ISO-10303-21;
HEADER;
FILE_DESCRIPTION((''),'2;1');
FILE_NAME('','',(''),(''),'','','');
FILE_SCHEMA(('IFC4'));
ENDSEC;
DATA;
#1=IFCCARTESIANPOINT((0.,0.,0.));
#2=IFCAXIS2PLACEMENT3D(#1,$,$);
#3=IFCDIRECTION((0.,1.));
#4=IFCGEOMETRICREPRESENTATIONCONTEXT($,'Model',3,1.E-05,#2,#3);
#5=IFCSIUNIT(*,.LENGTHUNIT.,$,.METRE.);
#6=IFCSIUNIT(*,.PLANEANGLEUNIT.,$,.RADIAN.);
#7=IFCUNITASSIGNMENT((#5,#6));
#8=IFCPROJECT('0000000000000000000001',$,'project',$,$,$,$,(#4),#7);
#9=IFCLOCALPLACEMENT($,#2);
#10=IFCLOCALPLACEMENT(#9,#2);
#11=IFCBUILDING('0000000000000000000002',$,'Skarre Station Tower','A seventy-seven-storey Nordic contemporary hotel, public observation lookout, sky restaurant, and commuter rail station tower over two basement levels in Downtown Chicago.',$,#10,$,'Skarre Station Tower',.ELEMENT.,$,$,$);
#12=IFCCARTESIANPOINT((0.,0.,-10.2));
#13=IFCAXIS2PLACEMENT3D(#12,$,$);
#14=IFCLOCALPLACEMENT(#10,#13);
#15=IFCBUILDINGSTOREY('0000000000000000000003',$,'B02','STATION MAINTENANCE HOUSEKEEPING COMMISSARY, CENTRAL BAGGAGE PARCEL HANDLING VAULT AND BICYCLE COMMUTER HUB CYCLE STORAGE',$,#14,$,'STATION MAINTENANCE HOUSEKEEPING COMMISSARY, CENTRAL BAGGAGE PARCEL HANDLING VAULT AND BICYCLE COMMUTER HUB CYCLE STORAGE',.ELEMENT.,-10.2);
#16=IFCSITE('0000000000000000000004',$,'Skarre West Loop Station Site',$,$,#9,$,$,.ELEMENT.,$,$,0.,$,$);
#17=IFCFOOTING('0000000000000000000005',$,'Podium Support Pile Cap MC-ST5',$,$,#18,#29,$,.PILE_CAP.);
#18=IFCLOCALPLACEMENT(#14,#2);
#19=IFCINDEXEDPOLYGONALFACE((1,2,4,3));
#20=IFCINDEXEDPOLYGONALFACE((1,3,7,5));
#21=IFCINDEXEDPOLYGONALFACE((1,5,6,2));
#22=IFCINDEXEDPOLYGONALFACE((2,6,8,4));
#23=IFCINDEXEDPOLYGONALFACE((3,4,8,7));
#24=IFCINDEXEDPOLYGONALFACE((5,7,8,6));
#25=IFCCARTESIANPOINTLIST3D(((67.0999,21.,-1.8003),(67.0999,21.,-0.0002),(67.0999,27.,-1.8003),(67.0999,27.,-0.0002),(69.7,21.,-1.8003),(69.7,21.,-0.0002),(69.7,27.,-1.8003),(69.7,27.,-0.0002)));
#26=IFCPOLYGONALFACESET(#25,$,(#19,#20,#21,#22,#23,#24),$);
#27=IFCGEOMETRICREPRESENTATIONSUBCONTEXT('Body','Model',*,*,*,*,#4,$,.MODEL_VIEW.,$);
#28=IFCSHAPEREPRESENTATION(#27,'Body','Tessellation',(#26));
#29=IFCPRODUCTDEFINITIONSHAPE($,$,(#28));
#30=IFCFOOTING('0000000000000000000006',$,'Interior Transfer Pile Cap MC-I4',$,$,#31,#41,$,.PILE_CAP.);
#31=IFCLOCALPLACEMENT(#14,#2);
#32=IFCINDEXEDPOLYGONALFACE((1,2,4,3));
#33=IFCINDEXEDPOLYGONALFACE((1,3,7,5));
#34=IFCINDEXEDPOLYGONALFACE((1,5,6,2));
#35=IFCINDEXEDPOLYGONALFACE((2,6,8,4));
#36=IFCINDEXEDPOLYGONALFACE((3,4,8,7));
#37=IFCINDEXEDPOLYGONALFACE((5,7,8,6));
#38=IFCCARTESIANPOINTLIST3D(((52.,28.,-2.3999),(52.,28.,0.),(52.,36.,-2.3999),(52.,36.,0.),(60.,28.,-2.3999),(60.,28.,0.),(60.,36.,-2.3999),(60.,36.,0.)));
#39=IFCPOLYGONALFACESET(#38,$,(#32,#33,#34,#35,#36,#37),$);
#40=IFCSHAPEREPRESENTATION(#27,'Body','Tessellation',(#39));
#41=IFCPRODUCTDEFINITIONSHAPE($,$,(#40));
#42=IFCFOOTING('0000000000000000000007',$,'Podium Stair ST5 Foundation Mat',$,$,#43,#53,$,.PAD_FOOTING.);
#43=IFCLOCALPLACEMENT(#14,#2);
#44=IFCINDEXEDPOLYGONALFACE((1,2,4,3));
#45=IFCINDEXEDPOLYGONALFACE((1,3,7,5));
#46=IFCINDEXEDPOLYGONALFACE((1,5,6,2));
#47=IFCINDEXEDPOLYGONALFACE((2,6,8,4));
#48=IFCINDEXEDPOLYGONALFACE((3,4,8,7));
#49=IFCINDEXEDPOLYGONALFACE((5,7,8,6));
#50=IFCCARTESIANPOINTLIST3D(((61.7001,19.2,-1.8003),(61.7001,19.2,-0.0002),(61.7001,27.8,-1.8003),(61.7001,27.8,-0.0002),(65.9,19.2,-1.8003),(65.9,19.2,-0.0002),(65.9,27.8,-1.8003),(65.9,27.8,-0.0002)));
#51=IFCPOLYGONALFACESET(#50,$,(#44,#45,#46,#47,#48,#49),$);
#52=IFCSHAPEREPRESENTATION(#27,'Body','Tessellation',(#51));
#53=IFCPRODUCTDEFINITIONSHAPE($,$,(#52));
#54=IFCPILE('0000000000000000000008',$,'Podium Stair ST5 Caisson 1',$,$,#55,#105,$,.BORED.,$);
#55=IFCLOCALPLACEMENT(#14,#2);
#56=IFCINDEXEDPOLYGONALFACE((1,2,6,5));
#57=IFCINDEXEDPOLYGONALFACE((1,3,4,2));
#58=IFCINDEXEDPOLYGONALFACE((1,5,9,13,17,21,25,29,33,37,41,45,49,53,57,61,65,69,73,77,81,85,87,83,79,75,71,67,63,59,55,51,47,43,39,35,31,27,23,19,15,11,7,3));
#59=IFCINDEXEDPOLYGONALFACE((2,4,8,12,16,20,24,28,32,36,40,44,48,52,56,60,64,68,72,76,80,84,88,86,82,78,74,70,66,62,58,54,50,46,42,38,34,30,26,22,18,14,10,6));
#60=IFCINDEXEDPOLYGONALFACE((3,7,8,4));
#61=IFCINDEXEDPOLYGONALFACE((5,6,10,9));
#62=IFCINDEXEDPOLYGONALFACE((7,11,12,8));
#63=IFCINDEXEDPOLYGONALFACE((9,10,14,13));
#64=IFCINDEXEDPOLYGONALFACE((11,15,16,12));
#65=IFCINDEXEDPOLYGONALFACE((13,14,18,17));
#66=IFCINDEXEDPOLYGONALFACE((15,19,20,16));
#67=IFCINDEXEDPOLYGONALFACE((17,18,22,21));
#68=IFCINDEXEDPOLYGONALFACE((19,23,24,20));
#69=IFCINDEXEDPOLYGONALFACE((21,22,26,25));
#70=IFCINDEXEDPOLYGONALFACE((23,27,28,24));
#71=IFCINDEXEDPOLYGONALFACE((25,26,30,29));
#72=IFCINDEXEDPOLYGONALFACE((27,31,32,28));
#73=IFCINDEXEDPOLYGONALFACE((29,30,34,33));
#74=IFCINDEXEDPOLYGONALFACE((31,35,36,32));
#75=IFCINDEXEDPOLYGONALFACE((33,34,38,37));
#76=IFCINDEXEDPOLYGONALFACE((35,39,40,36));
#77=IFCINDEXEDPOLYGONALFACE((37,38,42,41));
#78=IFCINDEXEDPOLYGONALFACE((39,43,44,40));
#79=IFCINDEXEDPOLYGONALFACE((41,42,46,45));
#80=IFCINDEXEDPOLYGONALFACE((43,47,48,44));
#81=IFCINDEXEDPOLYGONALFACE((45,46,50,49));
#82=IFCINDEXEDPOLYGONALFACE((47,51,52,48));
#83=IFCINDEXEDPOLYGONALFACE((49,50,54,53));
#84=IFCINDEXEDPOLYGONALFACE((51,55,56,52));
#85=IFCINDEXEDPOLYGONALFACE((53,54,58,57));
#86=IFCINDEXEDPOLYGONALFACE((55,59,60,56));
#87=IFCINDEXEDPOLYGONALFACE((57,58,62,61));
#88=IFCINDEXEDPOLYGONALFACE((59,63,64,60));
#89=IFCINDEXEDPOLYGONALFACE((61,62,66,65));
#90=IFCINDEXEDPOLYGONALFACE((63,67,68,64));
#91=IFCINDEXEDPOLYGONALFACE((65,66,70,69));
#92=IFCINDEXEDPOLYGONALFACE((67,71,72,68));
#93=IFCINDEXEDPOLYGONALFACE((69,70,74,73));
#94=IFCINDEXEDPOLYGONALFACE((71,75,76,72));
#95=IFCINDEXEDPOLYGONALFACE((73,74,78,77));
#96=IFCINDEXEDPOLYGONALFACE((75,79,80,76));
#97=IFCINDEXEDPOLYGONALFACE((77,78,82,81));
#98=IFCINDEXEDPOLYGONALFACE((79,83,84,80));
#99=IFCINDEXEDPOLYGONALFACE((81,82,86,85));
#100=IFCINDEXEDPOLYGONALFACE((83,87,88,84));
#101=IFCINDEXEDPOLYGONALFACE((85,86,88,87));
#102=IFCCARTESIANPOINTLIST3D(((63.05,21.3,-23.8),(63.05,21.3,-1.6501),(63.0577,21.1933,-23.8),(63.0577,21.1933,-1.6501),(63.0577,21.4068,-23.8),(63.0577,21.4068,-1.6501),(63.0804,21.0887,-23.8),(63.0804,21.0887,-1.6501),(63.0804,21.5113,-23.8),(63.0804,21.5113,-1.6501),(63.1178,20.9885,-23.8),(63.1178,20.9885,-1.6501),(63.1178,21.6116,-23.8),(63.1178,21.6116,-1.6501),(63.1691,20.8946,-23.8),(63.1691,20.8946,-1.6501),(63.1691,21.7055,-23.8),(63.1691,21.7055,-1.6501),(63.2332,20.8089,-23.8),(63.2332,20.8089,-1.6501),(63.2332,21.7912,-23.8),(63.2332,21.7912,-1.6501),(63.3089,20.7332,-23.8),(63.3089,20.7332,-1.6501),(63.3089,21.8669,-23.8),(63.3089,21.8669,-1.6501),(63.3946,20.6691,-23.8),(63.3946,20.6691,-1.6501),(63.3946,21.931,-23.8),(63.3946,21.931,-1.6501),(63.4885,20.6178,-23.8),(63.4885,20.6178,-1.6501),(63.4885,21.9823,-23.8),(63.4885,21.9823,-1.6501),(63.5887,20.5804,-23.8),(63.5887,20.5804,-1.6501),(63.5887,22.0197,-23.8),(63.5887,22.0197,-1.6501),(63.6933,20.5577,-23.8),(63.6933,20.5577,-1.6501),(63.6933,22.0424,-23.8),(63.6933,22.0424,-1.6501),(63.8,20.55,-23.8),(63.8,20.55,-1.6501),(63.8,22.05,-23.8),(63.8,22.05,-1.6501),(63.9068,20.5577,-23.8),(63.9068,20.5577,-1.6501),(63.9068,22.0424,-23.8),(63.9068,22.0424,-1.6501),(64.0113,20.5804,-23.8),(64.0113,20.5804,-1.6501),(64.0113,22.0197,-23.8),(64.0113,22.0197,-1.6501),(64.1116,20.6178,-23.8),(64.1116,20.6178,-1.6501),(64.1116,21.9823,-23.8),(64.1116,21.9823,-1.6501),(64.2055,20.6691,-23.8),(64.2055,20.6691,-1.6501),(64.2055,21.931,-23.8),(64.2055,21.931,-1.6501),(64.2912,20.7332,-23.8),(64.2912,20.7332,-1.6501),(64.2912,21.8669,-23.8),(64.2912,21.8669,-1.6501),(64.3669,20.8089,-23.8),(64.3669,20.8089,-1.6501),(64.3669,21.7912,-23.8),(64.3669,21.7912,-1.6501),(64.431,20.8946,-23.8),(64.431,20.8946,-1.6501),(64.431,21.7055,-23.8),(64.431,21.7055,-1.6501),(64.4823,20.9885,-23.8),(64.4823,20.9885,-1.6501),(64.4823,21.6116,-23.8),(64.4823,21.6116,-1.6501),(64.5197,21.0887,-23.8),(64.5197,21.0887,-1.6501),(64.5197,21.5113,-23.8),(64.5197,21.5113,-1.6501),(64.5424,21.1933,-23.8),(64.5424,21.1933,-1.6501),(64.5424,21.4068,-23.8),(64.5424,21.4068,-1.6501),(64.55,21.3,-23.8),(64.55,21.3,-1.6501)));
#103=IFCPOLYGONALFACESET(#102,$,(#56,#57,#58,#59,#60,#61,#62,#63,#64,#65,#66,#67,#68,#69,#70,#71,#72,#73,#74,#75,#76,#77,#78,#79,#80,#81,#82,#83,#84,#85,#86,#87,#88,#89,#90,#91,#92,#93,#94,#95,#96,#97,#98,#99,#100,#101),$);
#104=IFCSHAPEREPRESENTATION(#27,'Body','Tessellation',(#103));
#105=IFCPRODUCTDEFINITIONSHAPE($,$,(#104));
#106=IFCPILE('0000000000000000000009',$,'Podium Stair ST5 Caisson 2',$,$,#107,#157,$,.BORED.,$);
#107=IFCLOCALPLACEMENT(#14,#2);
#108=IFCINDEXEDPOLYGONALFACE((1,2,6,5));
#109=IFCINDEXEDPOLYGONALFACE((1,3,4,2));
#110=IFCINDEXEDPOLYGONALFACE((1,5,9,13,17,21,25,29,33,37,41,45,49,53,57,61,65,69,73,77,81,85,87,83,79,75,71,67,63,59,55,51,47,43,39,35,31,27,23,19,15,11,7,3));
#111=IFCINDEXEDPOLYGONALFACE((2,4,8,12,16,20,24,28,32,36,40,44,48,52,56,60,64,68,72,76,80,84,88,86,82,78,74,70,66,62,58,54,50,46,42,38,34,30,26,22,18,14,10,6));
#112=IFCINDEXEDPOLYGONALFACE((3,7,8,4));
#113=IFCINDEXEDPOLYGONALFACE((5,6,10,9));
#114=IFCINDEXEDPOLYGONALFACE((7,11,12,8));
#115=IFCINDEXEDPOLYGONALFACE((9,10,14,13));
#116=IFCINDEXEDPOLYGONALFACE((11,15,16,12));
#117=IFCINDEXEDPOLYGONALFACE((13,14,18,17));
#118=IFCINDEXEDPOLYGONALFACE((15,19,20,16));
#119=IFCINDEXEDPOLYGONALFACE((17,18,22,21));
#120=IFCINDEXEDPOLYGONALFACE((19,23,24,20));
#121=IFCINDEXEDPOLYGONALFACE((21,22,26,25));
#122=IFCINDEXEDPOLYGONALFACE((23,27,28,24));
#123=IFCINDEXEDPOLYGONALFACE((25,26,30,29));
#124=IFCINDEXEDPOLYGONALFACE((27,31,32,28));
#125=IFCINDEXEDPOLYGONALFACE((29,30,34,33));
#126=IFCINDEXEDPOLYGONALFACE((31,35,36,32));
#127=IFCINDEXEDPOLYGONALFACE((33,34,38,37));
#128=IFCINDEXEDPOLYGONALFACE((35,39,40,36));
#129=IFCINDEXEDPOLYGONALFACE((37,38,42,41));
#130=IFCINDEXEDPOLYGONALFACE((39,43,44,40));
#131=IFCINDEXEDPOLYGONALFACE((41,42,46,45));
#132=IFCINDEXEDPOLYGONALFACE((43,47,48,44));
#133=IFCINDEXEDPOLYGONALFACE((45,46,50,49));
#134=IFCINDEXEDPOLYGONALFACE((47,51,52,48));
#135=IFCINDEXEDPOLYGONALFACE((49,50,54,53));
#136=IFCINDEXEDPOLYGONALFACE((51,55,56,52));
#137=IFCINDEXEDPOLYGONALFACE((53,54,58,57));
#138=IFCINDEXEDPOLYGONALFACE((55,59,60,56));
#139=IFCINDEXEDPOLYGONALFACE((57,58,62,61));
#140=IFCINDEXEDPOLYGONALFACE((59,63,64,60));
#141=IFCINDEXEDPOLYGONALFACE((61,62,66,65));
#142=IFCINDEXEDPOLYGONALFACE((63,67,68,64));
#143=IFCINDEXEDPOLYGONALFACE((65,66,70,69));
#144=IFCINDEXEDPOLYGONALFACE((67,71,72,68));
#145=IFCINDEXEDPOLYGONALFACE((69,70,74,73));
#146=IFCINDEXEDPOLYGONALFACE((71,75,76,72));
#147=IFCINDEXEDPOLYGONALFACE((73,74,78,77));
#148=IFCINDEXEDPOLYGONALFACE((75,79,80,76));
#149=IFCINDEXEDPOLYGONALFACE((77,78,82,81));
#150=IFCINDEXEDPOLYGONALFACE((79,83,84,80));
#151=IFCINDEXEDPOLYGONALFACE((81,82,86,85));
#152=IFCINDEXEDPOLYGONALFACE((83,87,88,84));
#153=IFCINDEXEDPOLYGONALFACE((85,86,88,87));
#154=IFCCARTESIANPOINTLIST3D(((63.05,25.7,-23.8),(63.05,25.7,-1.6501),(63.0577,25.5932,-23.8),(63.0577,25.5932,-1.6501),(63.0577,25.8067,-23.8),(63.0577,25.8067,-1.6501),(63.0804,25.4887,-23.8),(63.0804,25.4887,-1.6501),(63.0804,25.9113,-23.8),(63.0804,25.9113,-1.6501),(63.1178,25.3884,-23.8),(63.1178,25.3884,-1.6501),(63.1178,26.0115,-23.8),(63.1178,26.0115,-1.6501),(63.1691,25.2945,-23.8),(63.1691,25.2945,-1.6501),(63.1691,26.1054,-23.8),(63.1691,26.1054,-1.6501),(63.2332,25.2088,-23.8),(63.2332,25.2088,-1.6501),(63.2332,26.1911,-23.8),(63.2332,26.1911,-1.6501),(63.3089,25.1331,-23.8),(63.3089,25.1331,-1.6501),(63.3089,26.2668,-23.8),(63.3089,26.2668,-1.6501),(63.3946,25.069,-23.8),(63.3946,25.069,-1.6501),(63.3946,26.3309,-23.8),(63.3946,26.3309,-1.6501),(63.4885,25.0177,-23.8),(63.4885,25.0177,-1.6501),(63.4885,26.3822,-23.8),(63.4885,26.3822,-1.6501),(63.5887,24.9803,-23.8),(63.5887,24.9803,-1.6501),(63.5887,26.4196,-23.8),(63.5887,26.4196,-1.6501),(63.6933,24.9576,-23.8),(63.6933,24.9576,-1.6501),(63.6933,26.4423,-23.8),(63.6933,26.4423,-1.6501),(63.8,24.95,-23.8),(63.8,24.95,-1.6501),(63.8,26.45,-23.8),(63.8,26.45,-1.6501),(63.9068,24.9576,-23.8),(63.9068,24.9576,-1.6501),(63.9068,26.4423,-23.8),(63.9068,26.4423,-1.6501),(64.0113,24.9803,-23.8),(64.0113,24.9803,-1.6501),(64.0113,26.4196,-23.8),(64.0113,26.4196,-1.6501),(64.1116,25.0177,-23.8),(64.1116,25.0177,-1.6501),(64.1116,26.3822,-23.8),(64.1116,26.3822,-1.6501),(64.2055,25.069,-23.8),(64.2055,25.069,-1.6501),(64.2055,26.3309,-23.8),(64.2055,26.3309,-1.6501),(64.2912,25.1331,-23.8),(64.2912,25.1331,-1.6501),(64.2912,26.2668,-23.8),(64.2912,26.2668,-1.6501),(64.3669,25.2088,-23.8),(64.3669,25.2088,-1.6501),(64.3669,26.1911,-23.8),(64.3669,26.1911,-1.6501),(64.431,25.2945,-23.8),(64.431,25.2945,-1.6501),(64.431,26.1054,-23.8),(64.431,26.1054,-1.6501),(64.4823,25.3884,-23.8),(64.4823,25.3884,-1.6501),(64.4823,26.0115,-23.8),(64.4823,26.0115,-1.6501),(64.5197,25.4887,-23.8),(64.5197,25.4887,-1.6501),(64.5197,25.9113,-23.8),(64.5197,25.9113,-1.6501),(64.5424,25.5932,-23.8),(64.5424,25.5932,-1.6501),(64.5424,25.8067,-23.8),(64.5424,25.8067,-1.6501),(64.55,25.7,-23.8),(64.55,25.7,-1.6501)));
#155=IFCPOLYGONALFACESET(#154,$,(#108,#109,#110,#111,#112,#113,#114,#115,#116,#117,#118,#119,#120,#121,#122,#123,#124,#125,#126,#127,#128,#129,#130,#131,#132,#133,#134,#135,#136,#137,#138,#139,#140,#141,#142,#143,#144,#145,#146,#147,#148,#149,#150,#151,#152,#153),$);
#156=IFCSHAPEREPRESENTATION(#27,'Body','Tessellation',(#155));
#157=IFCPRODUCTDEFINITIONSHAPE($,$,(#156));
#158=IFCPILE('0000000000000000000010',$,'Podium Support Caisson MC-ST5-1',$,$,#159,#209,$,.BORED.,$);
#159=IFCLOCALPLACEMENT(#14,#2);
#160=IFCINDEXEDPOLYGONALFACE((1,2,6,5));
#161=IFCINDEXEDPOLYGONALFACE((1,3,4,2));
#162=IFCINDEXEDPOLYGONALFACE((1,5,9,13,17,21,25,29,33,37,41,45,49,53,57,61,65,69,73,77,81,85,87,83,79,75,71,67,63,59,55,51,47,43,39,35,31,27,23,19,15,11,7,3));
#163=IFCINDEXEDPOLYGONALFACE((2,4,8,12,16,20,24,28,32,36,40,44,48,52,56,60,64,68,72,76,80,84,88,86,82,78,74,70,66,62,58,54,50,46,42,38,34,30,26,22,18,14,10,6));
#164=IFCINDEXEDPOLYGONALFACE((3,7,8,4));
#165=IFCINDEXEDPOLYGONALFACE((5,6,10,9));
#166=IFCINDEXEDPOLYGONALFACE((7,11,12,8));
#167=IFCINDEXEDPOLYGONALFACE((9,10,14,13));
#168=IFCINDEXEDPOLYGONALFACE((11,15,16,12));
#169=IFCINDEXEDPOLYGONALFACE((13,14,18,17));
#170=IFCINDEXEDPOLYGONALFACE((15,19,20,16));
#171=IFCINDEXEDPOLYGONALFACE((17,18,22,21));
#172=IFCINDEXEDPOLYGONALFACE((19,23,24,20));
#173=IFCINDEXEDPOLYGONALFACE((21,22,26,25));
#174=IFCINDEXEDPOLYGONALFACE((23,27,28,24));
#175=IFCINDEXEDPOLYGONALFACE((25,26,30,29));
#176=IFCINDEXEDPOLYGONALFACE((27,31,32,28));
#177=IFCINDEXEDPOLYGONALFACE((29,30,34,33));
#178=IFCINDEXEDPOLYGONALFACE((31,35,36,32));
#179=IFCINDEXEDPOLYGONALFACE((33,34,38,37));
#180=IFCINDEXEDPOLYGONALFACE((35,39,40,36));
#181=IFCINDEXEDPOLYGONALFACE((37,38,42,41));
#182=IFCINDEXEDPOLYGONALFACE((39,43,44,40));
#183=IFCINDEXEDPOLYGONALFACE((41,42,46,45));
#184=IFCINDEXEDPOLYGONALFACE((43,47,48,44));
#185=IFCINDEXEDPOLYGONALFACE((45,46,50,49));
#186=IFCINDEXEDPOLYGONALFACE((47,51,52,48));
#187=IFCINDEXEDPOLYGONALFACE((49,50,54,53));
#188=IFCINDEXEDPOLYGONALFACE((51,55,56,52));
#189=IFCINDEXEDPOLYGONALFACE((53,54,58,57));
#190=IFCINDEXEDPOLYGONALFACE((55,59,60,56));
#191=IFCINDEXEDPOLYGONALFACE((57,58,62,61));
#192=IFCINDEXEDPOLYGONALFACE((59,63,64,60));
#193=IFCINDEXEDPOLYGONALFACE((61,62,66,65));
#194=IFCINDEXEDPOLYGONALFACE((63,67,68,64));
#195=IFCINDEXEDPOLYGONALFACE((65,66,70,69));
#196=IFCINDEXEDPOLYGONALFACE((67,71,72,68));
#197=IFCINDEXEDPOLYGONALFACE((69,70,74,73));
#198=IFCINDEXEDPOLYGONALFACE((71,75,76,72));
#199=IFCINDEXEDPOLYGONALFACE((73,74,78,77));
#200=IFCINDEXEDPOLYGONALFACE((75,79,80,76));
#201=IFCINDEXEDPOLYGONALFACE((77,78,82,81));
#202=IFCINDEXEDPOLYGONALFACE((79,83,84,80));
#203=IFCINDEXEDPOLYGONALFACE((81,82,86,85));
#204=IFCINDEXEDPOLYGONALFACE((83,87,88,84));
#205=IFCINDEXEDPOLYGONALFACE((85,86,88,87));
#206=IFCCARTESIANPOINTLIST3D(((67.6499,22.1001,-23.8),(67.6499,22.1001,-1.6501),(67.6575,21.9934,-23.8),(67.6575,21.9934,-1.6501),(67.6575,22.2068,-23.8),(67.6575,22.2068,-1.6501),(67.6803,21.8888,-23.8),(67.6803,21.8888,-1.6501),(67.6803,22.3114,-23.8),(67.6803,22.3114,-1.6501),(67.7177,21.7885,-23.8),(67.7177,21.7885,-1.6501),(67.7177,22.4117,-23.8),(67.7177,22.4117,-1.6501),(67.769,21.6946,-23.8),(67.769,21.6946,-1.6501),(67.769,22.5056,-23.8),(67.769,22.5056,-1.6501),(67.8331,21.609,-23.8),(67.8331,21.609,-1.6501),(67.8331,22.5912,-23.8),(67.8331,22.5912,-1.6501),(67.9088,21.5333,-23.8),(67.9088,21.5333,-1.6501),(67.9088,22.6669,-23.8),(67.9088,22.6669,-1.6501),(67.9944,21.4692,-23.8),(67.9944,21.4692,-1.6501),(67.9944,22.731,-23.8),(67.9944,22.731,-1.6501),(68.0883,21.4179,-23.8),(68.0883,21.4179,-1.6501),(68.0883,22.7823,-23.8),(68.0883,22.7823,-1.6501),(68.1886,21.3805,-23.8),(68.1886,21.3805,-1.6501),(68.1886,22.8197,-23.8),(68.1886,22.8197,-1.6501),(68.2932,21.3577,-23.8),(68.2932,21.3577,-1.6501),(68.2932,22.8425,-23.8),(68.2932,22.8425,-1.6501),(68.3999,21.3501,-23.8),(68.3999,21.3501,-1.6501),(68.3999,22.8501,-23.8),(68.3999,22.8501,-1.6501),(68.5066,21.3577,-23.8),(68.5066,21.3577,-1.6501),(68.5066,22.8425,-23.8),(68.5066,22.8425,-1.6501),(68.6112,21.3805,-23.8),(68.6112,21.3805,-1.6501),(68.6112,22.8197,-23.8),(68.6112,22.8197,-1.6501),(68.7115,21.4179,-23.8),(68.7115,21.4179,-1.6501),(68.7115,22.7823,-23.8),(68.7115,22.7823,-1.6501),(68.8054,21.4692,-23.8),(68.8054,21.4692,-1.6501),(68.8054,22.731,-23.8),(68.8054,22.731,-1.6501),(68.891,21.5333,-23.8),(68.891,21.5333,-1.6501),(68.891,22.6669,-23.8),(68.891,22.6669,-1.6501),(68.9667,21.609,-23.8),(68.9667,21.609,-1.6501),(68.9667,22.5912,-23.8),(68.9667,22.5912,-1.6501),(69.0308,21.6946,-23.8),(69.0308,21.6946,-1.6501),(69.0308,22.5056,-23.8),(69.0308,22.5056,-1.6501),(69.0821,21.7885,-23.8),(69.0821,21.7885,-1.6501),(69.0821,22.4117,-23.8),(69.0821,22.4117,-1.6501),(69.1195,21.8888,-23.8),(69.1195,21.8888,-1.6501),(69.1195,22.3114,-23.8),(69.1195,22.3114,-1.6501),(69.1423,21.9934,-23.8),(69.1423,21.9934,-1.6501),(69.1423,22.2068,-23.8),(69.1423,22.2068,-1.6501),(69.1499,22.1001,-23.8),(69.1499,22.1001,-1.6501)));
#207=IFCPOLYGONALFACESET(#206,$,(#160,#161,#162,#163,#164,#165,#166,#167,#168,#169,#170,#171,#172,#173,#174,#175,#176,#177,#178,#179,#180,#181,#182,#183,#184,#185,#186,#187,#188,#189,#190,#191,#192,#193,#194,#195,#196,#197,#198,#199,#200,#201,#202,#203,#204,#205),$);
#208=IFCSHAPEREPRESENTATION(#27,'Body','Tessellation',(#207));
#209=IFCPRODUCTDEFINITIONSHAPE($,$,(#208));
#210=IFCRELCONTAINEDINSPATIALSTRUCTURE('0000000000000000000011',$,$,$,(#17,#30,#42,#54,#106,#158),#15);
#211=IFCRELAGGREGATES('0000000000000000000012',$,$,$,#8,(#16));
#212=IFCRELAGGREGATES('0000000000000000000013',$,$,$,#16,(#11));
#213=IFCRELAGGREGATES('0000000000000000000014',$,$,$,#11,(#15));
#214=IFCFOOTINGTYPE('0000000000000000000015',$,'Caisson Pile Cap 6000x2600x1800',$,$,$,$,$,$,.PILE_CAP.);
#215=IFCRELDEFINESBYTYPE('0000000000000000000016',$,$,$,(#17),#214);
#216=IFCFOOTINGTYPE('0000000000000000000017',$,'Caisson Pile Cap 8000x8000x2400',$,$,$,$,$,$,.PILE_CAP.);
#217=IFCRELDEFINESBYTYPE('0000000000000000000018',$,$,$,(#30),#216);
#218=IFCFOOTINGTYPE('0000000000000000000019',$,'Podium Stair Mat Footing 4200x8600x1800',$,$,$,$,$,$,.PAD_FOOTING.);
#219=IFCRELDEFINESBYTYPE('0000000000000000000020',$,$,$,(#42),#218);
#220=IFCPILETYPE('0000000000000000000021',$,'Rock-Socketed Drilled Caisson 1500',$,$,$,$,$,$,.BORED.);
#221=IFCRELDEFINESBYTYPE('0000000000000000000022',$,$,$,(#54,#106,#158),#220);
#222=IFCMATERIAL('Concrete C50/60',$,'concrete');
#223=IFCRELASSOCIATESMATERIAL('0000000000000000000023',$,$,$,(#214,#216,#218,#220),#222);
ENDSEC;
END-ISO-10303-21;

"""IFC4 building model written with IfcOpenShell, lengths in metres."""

from ifc_helpers import new_model, si_unit, direction, frame, origin, origin_2d, place, context, subcontext, project, spatial, rectangle, circle, extrude, material, material_profile, profile_set, type_object, element, save


model = new_model("IFC4")

# Units and contexts
model_context = context("Model", 3, precision=1e-05, world=origin(), true_north=direction((0.0, 1.0)))
body_context = subcontext(model_context, "Body", "Model", "MODEL_VIEW")
ifc_project = project(units=[si_unit("LENGTHUNIT", "METRE"), si_unit("PLANEANGLEUNIT", "RADIAN")], contexts=[model_context])

# Site, building, storey
site_placement = place(None, origin())
site = spatial("IfcSite", under=ifc_project, at=site_placement, Name="Skarre West Loop Station Site", CompositionType="ELEMENT", RefElevation=0.0)
building_placement = place(site_placement, origin())
building = spatial("IfcBuilding", under=site, at=building_placement, Name="Skarre Station Tower", Description="A seventy-seven-storey Nordic contemporary hotel, public observation lookout, sky restaurant, and commuter rail station tower over two basement levels in Downtown Chicago.", LongName="Skarre Station Tower", CompositionType="ELEMENT")
storey_placement = place(building_placement, frame((0.0, 0.0, -10.2)))
storey = spatial("IfcBuildingStorey", under=building, at=storey_placement, Name="B02", Description="STATION MAINTENANCE HOUSEKEEPING COMMISSARY, CENTRAL BAGGAGE PARCEL HANDLING VAULT AND BICYCLE COMMUTER HUB CYCLE STORAGE", LongName="STATION MAINTENANCE HOUSEKEEPING COMMISSARY, CENTRAL BAGGAGE PARCEL HANDLING VAULT AND BICYCLE COMMUTER HUB CYCLE STORAGE", CompositionType="ELEMENT", Elevation=-10.2)

# Footings
ifc_material_1 = material(Name="Concrete C50/60", Category="concrete")
footing_type_1 = type_object("IfcFootingType", Name="Caisson Pile Cap 6000x2600x1800", PredefinedType="PILE_CAP", material=ifc_material_1)
footing_1_placement = place(storey_placement, frame((68.3999, 24.0, -1.8003), z_axis=(0.0, 0.0, 1.0), x_axis=(0.0, 1.0, 0.0)))
element("IfcFooting", 1, at=footing_1_placement, inside=storey, type_object=footing_type_1, Name="Podium Support Pile Cap MC-ST5", PredefinedType="PILE_CAP", context=body_context, shape_type="SweptSolid", body=[
    extrude(rectangle(XDim=6.0, YDim=2.6001, at=origin_2d()), origin(), (0.0, 0.0, 1.0), 1.8),
])
footing_type_2 = type_object("IfcFootingType", Name="Caisson Pile Cap 8000x8000x2400", PredefinedType="PILE_CAP", material=ifc_material_1)
footing_2_placement = place(storey_placement, frame((56.0, 32.0, -2.3999), z_axis=(0.0, 0.0, 1.0), x_axis=(1.0, 0.0, 0.0)))
element("IfcFooting", 2, at=footing_2_placement, inside=storey, type_object=footing_type_2, Name="Interior Transfer Pile Cap MC-I4", PredefinedType="PILE_CAP", context=body_context, shape_type="SweptSolid", body=[
    extrude(rectangle(XDim=8.0, YDim=8.0, at=origin_2d()), origin(), (0.0, 0.0, 1.0), 2.3999),
])
footing_type_3 = type_object("IfcFootingType", Name="Podium Stair Mat Footing 4200x8600x1800", PredefinedType="PAD_FOOTING", material=ifc_material_1)
footing_3_placement = place(storey_placement, frame((63.8, 23.5, -1.8003), z_axis=(0.0, 0.0, 1.0), x_axis=(1.0, 0.0, 0.0)))
element("IfcFooting", 3, at=footing_3_placement, inside=storey, type_object=footing_type_3, Name="Podium Stair ST5 Foundation Mat", PredefinedType="PAD_FOOTING", context=body_context, shape_type="SweptSolid", body=[
    extrude(rectangle(XDim=4.2, YDim=8.6001, at=origin_2d()), origin(), (0.0, 0.0, 1.0), 1.8),
])

# Piles
ifc_material_profile_1 = material_profile(ifc_material_1, circle(Radius=0.75, at=origin_2d()), Name="Concrete C50/60")
ifc_profile_set_1 = profile_set([ifc_material_profile_1], Name="Concrete C50/60")
pile_type_1 = type_object("IfcPileType", Name="Rock-Socketed Drilled Caisson 1500", PredefinedType="BORED", material=ifc_profile_set_1)
for number, where, z_axis, x_axis, name in (
    (4, (63.8, 21.3, -1.6501), (0.0, 0.0, -1.0), (1.0, 0.0, 0.0), "Podium Stair ST5 Caisson 1"),
    (5, (63.8, 25.7, -1.6501), (0.0, 0.0, -1.0), (1.0, 0.0, 0.0), "Podium Stair ST5 Caisson 2"),
    (6, (68.3999, 22.1001, -1.6501), (0.0, 0.0, -1.0), (1.0, 0.0, 0.0), "Podium Support Caisson MC-ST5-1"),
):
    element("IfcPile", number, at=place(storey_placement, frame(where, z_axis=z_axis, x_axis=x_axis)), inside=storey, type_object=pile_type_1, Name=name, PredefinedType="BORED", context=body_context, shape_type="SweptSolid", body=[
        extrude(circle(Radius=0.75, at=origin_2d()), origin(), (0.0, 0.0, 1.0), 22.1499),
    ])

save(model, "model.ifc")
